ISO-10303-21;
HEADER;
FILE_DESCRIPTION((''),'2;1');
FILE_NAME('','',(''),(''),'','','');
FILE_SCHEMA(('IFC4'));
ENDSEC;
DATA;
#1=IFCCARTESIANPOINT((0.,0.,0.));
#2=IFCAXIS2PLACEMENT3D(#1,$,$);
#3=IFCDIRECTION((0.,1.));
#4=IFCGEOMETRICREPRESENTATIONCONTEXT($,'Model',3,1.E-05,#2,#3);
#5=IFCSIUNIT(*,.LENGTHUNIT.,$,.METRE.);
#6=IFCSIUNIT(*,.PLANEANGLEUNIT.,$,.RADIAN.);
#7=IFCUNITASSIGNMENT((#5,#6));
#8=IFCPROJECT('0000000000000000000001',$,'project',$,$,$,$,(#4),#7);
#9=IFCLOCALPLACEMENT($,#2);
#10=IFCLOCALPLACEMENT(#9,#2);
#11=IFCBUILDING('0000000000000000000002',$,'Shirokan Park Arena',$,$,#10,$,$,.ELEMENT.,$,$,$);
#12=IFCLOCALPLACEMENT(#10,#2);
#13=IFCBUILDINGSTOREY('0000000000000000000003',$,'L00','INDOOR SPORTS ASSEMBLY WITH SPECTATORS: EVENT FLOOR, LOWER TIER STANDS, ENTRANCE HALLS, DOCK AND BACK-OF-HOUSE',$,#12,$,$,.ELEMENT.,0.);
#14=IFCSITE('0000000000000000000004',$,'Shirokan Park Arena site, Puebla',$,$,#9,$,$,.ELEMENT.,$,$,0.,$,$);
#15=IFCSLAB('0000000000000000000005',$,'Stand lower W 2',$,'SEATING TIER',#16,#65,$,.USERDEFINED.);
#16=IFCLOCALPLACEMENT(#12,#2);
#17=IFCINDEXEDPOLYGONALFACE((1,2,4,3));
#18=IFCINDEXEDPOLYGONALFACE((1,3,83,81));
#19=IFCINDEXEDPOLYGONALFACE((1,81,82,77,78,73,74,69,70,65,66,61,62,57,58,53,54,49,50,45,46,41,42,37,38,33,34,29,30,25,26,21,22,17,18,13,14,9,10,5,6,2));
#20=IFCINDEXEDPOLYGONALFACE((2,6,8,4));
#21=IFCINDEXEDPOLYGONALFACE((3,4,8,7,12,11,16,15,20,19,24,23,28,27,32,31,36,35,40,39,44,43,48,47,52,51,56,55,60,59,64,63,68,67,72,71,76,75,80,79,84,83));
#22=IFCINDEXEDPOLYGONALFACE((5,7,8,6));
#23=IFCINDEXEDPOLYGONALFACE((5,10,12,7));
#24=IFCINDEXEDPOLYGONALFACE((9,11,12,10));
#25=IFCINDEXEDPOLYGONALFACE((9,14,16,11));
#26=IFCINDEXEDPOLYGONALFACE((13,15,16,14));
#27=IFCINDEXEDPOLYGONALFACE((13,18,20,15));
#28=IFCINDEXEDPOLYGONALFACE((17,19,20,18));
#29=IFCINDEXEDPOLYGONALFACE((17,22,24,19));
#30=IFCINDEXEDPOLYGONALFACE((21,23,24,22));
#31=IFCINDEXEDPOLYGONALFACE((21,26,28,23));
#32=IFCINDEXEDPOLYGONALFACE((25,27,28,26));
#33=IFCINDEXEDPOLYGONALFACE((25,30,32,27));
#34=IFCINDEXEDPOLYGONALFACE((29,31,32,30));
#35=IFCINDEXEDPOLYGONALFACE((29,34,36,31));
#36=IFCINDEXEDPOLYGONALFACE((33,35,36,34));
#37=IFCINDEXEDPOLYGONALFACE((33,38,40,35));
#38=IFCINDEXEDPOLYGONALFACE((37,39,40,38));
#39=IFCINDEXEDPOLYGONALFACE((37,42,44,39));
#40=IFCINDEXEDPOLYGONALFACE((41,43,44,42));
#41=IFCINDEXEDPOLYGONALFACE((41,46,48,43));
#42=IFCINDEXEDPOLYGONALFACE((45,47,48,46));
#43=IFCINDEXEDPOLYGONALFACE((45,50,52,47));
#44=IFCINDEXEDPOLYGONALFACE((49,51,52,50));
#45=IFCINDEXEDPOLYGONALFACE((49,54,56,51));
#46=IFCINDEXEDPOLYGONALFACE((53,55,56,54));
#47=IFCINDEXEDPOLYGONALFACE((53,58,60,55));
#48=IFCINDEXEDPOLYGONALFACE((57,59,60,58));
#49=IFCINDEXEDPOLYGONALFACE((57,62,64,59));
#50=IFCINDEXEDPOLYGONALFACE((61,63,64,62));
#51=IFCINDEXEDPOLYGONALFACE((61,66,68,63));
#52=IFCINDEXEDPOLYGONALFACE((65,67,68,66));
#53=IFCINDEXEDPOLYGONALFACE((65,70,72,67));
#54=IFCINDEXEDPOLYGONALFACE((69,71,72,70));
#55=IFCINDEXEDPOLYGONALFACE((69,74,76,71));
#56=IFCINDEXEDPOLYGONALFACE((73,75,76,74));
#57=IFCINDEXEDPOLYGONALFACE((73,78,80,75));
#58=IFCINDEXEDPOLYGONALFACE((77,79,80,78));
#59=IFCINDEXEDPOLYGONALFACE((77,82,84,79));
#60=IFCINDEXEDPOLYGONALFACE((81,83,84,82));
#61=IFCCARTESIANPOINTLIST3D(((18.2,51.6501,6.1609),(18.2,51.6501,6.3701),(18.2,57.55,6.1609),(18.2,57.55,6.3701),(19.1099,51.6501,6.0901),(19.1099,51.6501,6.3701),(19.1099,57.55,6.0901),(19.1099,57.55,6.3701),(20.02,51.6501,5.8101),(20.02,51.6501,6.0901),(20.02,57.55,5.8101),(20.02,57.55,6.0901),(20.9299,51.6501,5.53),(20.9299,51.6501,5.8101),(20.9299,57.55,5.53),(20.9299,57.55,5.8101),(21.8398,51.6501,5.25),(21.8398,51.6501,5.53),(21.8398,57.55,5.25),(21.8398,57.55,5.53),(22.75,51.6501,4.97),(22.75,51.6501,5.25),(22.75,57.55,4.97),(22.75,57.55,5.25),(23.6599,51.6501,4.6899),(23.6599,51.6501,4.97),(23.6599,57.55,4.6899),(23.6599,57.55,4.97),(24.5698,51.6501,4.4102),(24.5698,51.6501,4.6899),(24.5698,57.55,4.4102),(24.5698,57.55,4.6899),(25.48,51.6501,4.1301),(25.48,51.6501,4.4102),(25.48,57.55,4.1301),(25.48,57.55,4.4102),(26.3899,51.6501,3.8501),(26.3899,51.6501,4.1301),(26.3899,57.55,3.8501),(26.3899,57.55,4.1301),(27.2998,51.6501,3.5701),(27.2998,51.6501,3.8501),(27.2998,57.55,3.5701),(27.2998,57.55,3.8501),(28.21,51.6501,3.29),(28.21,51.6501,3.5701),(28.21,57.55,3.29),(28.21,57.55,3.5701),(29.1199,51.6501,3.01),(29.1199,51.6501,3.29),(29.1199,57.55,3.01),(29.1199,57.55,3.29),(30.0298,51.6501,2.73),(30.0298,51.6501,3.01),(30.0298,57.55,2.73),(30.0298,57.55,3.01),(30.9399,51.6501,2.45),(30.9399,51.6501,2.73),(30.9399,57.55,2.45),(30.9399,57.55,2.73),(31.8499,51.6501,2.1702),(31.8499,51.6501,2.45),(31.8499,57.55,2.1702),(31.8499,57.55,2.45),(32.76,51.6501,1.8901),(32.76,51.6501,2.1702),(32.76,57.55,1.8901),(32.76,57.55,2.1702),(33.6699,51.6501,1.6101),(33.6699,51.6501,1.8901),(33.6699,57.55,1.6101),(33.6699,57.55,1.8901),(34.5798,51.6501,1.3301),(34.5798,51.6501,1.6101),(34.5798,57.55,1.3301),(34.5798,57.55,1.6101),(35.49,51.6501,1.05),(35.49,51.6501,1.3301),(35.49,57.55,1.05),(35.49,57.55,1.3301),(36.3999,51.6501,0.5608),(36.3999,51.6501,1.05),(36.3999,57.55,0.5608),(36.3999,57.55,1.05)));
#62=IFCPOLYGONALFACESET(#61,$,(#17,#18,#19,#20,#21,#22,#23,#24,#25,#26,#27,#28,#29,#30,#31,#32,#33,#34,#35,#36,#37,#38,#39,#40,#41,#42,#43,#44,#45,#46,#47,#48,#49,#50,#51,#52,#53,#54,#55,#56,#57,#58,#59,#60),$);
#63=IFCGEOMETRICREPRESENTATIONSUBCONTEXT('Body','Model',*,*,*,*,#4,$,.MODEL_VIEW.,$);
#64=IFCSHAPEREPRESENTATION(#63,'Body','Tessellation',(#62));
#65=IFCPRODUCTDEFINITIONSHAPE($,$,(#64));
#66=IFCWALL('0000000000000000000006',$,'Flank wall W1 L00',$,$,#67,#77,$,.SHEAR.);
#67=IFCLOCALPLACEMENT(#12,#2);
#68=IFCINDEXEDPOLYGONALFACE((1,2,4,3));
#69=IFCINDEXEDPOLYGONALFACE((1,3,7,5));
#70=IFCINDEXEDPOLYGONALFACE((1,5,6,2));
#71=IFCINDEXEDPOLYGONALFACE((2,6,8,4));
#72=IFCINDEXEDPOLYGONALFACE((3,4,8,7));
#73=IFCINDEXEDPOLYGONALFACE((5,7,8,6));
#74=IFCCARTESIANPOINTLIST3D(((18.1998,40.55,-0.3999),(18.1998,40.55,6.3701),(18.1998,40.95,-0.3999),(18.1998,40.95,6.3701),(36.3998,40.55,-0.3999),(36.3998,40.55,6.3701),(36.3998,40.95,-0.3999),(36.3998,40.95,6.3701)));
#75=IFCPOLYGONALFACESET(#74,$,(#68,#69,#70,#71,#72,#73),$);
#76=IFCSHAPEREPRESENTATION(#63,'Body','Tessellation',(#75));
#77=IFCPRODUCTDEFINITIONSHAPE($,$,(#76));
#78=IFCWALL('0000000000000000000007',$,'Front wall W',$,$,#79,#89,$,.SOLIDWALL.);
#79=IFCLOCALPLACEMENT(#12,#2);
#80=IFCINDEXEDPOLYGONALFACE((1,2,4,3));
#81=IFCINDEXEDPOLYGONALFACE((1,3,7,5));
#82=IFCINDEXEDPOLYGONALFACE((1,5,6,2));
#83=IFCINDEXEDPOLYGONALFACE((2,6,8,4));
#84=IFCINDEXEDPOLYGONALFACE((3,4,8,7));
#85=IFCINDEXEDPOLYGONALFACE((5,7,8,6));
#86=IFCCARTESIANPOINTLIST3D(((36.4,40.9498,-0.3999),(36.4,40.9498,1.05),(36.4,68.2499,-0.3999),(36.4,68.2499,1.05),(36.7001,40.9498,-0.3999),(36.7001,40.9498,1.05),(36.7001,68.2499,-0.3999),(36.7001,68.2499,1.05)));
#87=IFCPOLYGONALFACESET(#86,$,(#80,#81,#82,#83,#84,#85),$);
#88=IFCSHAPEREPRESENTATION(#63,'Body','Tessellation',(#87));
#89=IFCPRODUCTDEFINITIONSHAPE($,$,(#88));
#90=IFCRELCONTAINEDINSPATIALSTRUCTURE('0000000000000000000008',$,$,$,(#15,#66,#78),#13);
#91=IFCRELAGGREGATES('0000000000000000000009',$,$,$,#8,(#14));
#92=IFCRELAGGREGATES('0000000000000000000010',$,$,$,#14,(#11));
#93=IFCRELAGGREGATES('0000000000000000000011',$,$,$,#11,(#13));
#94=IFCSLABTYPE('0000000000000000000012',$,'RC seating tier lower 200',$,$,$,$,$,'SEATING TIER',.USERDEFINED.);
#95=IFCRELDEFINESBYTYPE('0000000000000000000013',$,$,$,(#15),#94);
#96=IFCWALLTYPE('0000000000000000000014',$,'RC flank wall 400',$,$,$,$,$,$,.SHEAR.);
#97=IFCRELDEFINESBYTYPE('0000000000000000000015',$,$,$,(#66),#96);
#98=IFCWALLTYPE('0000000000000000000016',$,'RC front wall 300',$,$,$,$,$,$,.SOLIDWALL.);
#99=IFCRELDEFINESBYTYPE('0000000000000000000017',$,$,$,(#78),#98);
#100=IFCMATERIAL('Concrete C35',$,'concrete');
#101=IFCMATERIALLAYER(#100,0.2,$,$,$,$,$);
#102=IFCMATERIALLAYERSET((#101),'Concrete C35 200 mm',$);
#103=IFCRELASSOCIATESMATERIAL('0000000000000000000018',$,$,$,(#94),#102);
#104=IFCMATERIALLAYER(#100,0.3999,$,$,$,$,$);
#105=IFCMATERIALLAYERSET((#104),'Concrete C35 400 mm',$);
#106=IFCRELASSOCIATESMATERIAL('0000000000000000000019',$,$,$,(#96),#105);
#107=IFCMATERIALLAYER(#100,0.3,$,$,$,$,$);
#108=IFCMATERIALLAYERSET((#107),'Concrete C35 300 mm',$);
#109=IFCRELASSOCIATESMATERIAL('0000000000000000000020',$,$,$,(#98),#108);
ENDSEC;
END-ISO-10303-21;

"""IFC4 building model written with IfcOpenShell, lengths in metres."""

from ifc_helpers import new_model, si_unit, direction, frame, frame_2d, origin, place, context, subcontext, project, spatial, polyline, rectangle, outline, extrude, material, layer, layer_set, type_object, element, save


model = new_model("IFC4")

# Units and contexts
model_context = context("Model", 3, precision=1e-05, world=origin(), true_north=direction((0.0, 1.0)))
body_context = subcontext(model_context, "Body", "Model", "MODEL_VIEW")
ifc_project = project(units=[si_unit("LENGTHUNIT", "METRE"), si_unit("PLANEANGLEUNIT", "RADIAN")], contexts=[model_context])

# Site, building, storey
site_placement = place(None, origin())
site = spatial("IfcSite", under=ifc_project, at=site_placement, Name="Shirokan Park Arena site, Puebla", CompositionType="ELEMENT", RefElevation=0.0)
building_placement = place(site_placement, origin())
building = spatial("IfcBuilding", under=site, at=building_placement, Name="Shirokan Park Arena", CompositionType="ELEMENT")
storey_placement = place(building_placement, origin())
storey = spatial("IfcBuildingStorey", under=building, at=storey_placement, Name="L00", Description="INDOOR SPORTS ASSEMBLY WITH SPECTATORS: EVENT FLOOR, LOWER TIER STANDS, ENTRANCE HALLS, DOCK AND BACK-OF-HOUSE", CompositionType="ELEMENT", Elevation=0.0)

# Shared definitions
ifc_material_1 = material(Name="Concrete C35", Category="concrete")

# Slab
ifc_layer_1 = layer(ifc_material_1, 0.2)
ifc_layer_set_1 = layer_set([ifc_layer_1], Name="Concrete C35 200 mm")
slab_type = type_object("IfcSlabType", Name="RC seating tier lower 200", ElementType="SEATING TIER", PredefinedType="USERDEFINED", material=ifc_layer_set_1)
slab_1_placement = place(storey_placement, frame((36.3999, 54.6001, 1.05), z_axis=(0.0, 0.0, 1.0), x_axis=(-1.0, 0.0, 0.0)))
element("IfcSlab", 1, at=slab_1_placement, inside=storey, type_object=slab_type, Name="Stand lower W 2", ObjectType="SEATING TIER", PredefinedType="USERDEFINED", context=body_context, shape_type="SweptSolid", body=[
    extrude(outline(polyline([(0.0, 0.0), (0.9099, 0.0), (0.9099, 0.28), (1.8201, 0.28), (1.8201, 0.5601), (2.73, 0.5601), (2.73, 0.8401), (3.6399, 0.8401), (3.6399, 1.1201), (4.55, 1.1201), (4.55, 1.3999), (5.46, 1.3999), (5.46, 1.6799), (6.3701, 1.6799), (6.3701, 1.96), (7.28, 1.96), (7.28, 2.24), (8.1899, 2.24), (8.1899, 2.52), (9.1001, 2.52), (9.1001, 2.8), (10.01, 2.8), (10.01, 3.0801), (10.9199, 3.0801), (10.9199, 3.3601), (11.8301, 3.3601), (11.8301, 3.6399), (12.74, 3.6399), (12.74, 3.9199), (13.6499, 3.9199), (13.6499, 4.2), (14.5601, 4.2), (14.5601, 4.48), (15.47, 4.48), (15.47, 4.76), (16.3799, 4.76), (16.3799, 5.04), (17.29, 5.04), (17.29, 5.3201), (18.2, 5.3201), (18.2, 5.1108), (0.0, -0.4893), (0.0, 0.0)])), frame((0.0, 2.95, 0.0), z_axis=(0.0, -1.0, 0.0), x_axis=(1.0, 0.0, 0.0)), (0.0, 0.0, 1.0), 5.8999),
])

# Walls
ifc_layer_2 = layer(ifc_material_1, 0.3999)
ifc_layer_set_2 = layer_set([ifc_layer_2], Name="Concrete C35 400 mm")
wall_type_1 = type_object("IfcWallType", Name="RC flank wall 400", PredefinedType="SHEAR", material=ifc_layer_set_2)
wall_1_placement = place(storey_placement, frame((36.3999, 40.75, -0.3999), z_axis=(0.0, 0.0, 1.0), x_axis=(-1.0, 0.0, 0.0)))
element("IfcWall", 2, at=wall_1_placement, inside=storey, type_object=wall_type_1, Name="Flank wall W1 L00", PredefinedType="SHEAR", context=body_context, shape_type="SweptSolid", body=[
    extrude(rectangle(XDim=18.2, YDim=0.3999, at=frame_2d((9.1001, 0.0))), origin(), (0.0, 0.0, 1.0), 6.77),
])
ifc_layer_3 = layer(ifc_material_1, 0.3)
ifc_layer_set_3 = layer_set([ifc_layer_3], Name="Concrete C35 300 mm")
wall_type_2 = type_object("IfcWallType", Name="RC front wall 300", PredefinedType="SOLIDWALL", material=ifc_layer_set_3)
wall_2_placement = place(storey_placement, frame((36.55, 40.95, -0.3999), z_axis=(0.0, 0.0, 1.0), x_axis=(0.0, 1.0, 0.0)))
element("IfcWall", 3, at=wall_2_placement, inside=storey, type_object=wall_type_2, Name="Front wall W", PredefinedType="SOLIDWALL", context=body_context, shape_type="SweptSolid", body=[
    extrude(rectangle(XDim=27.3, YDim=0.3, at=frame_2d((13.6499, 0.0))), origin(), (0.0, 0.0, 1.0), 1.45),
])

save(model, "model.ifc")
